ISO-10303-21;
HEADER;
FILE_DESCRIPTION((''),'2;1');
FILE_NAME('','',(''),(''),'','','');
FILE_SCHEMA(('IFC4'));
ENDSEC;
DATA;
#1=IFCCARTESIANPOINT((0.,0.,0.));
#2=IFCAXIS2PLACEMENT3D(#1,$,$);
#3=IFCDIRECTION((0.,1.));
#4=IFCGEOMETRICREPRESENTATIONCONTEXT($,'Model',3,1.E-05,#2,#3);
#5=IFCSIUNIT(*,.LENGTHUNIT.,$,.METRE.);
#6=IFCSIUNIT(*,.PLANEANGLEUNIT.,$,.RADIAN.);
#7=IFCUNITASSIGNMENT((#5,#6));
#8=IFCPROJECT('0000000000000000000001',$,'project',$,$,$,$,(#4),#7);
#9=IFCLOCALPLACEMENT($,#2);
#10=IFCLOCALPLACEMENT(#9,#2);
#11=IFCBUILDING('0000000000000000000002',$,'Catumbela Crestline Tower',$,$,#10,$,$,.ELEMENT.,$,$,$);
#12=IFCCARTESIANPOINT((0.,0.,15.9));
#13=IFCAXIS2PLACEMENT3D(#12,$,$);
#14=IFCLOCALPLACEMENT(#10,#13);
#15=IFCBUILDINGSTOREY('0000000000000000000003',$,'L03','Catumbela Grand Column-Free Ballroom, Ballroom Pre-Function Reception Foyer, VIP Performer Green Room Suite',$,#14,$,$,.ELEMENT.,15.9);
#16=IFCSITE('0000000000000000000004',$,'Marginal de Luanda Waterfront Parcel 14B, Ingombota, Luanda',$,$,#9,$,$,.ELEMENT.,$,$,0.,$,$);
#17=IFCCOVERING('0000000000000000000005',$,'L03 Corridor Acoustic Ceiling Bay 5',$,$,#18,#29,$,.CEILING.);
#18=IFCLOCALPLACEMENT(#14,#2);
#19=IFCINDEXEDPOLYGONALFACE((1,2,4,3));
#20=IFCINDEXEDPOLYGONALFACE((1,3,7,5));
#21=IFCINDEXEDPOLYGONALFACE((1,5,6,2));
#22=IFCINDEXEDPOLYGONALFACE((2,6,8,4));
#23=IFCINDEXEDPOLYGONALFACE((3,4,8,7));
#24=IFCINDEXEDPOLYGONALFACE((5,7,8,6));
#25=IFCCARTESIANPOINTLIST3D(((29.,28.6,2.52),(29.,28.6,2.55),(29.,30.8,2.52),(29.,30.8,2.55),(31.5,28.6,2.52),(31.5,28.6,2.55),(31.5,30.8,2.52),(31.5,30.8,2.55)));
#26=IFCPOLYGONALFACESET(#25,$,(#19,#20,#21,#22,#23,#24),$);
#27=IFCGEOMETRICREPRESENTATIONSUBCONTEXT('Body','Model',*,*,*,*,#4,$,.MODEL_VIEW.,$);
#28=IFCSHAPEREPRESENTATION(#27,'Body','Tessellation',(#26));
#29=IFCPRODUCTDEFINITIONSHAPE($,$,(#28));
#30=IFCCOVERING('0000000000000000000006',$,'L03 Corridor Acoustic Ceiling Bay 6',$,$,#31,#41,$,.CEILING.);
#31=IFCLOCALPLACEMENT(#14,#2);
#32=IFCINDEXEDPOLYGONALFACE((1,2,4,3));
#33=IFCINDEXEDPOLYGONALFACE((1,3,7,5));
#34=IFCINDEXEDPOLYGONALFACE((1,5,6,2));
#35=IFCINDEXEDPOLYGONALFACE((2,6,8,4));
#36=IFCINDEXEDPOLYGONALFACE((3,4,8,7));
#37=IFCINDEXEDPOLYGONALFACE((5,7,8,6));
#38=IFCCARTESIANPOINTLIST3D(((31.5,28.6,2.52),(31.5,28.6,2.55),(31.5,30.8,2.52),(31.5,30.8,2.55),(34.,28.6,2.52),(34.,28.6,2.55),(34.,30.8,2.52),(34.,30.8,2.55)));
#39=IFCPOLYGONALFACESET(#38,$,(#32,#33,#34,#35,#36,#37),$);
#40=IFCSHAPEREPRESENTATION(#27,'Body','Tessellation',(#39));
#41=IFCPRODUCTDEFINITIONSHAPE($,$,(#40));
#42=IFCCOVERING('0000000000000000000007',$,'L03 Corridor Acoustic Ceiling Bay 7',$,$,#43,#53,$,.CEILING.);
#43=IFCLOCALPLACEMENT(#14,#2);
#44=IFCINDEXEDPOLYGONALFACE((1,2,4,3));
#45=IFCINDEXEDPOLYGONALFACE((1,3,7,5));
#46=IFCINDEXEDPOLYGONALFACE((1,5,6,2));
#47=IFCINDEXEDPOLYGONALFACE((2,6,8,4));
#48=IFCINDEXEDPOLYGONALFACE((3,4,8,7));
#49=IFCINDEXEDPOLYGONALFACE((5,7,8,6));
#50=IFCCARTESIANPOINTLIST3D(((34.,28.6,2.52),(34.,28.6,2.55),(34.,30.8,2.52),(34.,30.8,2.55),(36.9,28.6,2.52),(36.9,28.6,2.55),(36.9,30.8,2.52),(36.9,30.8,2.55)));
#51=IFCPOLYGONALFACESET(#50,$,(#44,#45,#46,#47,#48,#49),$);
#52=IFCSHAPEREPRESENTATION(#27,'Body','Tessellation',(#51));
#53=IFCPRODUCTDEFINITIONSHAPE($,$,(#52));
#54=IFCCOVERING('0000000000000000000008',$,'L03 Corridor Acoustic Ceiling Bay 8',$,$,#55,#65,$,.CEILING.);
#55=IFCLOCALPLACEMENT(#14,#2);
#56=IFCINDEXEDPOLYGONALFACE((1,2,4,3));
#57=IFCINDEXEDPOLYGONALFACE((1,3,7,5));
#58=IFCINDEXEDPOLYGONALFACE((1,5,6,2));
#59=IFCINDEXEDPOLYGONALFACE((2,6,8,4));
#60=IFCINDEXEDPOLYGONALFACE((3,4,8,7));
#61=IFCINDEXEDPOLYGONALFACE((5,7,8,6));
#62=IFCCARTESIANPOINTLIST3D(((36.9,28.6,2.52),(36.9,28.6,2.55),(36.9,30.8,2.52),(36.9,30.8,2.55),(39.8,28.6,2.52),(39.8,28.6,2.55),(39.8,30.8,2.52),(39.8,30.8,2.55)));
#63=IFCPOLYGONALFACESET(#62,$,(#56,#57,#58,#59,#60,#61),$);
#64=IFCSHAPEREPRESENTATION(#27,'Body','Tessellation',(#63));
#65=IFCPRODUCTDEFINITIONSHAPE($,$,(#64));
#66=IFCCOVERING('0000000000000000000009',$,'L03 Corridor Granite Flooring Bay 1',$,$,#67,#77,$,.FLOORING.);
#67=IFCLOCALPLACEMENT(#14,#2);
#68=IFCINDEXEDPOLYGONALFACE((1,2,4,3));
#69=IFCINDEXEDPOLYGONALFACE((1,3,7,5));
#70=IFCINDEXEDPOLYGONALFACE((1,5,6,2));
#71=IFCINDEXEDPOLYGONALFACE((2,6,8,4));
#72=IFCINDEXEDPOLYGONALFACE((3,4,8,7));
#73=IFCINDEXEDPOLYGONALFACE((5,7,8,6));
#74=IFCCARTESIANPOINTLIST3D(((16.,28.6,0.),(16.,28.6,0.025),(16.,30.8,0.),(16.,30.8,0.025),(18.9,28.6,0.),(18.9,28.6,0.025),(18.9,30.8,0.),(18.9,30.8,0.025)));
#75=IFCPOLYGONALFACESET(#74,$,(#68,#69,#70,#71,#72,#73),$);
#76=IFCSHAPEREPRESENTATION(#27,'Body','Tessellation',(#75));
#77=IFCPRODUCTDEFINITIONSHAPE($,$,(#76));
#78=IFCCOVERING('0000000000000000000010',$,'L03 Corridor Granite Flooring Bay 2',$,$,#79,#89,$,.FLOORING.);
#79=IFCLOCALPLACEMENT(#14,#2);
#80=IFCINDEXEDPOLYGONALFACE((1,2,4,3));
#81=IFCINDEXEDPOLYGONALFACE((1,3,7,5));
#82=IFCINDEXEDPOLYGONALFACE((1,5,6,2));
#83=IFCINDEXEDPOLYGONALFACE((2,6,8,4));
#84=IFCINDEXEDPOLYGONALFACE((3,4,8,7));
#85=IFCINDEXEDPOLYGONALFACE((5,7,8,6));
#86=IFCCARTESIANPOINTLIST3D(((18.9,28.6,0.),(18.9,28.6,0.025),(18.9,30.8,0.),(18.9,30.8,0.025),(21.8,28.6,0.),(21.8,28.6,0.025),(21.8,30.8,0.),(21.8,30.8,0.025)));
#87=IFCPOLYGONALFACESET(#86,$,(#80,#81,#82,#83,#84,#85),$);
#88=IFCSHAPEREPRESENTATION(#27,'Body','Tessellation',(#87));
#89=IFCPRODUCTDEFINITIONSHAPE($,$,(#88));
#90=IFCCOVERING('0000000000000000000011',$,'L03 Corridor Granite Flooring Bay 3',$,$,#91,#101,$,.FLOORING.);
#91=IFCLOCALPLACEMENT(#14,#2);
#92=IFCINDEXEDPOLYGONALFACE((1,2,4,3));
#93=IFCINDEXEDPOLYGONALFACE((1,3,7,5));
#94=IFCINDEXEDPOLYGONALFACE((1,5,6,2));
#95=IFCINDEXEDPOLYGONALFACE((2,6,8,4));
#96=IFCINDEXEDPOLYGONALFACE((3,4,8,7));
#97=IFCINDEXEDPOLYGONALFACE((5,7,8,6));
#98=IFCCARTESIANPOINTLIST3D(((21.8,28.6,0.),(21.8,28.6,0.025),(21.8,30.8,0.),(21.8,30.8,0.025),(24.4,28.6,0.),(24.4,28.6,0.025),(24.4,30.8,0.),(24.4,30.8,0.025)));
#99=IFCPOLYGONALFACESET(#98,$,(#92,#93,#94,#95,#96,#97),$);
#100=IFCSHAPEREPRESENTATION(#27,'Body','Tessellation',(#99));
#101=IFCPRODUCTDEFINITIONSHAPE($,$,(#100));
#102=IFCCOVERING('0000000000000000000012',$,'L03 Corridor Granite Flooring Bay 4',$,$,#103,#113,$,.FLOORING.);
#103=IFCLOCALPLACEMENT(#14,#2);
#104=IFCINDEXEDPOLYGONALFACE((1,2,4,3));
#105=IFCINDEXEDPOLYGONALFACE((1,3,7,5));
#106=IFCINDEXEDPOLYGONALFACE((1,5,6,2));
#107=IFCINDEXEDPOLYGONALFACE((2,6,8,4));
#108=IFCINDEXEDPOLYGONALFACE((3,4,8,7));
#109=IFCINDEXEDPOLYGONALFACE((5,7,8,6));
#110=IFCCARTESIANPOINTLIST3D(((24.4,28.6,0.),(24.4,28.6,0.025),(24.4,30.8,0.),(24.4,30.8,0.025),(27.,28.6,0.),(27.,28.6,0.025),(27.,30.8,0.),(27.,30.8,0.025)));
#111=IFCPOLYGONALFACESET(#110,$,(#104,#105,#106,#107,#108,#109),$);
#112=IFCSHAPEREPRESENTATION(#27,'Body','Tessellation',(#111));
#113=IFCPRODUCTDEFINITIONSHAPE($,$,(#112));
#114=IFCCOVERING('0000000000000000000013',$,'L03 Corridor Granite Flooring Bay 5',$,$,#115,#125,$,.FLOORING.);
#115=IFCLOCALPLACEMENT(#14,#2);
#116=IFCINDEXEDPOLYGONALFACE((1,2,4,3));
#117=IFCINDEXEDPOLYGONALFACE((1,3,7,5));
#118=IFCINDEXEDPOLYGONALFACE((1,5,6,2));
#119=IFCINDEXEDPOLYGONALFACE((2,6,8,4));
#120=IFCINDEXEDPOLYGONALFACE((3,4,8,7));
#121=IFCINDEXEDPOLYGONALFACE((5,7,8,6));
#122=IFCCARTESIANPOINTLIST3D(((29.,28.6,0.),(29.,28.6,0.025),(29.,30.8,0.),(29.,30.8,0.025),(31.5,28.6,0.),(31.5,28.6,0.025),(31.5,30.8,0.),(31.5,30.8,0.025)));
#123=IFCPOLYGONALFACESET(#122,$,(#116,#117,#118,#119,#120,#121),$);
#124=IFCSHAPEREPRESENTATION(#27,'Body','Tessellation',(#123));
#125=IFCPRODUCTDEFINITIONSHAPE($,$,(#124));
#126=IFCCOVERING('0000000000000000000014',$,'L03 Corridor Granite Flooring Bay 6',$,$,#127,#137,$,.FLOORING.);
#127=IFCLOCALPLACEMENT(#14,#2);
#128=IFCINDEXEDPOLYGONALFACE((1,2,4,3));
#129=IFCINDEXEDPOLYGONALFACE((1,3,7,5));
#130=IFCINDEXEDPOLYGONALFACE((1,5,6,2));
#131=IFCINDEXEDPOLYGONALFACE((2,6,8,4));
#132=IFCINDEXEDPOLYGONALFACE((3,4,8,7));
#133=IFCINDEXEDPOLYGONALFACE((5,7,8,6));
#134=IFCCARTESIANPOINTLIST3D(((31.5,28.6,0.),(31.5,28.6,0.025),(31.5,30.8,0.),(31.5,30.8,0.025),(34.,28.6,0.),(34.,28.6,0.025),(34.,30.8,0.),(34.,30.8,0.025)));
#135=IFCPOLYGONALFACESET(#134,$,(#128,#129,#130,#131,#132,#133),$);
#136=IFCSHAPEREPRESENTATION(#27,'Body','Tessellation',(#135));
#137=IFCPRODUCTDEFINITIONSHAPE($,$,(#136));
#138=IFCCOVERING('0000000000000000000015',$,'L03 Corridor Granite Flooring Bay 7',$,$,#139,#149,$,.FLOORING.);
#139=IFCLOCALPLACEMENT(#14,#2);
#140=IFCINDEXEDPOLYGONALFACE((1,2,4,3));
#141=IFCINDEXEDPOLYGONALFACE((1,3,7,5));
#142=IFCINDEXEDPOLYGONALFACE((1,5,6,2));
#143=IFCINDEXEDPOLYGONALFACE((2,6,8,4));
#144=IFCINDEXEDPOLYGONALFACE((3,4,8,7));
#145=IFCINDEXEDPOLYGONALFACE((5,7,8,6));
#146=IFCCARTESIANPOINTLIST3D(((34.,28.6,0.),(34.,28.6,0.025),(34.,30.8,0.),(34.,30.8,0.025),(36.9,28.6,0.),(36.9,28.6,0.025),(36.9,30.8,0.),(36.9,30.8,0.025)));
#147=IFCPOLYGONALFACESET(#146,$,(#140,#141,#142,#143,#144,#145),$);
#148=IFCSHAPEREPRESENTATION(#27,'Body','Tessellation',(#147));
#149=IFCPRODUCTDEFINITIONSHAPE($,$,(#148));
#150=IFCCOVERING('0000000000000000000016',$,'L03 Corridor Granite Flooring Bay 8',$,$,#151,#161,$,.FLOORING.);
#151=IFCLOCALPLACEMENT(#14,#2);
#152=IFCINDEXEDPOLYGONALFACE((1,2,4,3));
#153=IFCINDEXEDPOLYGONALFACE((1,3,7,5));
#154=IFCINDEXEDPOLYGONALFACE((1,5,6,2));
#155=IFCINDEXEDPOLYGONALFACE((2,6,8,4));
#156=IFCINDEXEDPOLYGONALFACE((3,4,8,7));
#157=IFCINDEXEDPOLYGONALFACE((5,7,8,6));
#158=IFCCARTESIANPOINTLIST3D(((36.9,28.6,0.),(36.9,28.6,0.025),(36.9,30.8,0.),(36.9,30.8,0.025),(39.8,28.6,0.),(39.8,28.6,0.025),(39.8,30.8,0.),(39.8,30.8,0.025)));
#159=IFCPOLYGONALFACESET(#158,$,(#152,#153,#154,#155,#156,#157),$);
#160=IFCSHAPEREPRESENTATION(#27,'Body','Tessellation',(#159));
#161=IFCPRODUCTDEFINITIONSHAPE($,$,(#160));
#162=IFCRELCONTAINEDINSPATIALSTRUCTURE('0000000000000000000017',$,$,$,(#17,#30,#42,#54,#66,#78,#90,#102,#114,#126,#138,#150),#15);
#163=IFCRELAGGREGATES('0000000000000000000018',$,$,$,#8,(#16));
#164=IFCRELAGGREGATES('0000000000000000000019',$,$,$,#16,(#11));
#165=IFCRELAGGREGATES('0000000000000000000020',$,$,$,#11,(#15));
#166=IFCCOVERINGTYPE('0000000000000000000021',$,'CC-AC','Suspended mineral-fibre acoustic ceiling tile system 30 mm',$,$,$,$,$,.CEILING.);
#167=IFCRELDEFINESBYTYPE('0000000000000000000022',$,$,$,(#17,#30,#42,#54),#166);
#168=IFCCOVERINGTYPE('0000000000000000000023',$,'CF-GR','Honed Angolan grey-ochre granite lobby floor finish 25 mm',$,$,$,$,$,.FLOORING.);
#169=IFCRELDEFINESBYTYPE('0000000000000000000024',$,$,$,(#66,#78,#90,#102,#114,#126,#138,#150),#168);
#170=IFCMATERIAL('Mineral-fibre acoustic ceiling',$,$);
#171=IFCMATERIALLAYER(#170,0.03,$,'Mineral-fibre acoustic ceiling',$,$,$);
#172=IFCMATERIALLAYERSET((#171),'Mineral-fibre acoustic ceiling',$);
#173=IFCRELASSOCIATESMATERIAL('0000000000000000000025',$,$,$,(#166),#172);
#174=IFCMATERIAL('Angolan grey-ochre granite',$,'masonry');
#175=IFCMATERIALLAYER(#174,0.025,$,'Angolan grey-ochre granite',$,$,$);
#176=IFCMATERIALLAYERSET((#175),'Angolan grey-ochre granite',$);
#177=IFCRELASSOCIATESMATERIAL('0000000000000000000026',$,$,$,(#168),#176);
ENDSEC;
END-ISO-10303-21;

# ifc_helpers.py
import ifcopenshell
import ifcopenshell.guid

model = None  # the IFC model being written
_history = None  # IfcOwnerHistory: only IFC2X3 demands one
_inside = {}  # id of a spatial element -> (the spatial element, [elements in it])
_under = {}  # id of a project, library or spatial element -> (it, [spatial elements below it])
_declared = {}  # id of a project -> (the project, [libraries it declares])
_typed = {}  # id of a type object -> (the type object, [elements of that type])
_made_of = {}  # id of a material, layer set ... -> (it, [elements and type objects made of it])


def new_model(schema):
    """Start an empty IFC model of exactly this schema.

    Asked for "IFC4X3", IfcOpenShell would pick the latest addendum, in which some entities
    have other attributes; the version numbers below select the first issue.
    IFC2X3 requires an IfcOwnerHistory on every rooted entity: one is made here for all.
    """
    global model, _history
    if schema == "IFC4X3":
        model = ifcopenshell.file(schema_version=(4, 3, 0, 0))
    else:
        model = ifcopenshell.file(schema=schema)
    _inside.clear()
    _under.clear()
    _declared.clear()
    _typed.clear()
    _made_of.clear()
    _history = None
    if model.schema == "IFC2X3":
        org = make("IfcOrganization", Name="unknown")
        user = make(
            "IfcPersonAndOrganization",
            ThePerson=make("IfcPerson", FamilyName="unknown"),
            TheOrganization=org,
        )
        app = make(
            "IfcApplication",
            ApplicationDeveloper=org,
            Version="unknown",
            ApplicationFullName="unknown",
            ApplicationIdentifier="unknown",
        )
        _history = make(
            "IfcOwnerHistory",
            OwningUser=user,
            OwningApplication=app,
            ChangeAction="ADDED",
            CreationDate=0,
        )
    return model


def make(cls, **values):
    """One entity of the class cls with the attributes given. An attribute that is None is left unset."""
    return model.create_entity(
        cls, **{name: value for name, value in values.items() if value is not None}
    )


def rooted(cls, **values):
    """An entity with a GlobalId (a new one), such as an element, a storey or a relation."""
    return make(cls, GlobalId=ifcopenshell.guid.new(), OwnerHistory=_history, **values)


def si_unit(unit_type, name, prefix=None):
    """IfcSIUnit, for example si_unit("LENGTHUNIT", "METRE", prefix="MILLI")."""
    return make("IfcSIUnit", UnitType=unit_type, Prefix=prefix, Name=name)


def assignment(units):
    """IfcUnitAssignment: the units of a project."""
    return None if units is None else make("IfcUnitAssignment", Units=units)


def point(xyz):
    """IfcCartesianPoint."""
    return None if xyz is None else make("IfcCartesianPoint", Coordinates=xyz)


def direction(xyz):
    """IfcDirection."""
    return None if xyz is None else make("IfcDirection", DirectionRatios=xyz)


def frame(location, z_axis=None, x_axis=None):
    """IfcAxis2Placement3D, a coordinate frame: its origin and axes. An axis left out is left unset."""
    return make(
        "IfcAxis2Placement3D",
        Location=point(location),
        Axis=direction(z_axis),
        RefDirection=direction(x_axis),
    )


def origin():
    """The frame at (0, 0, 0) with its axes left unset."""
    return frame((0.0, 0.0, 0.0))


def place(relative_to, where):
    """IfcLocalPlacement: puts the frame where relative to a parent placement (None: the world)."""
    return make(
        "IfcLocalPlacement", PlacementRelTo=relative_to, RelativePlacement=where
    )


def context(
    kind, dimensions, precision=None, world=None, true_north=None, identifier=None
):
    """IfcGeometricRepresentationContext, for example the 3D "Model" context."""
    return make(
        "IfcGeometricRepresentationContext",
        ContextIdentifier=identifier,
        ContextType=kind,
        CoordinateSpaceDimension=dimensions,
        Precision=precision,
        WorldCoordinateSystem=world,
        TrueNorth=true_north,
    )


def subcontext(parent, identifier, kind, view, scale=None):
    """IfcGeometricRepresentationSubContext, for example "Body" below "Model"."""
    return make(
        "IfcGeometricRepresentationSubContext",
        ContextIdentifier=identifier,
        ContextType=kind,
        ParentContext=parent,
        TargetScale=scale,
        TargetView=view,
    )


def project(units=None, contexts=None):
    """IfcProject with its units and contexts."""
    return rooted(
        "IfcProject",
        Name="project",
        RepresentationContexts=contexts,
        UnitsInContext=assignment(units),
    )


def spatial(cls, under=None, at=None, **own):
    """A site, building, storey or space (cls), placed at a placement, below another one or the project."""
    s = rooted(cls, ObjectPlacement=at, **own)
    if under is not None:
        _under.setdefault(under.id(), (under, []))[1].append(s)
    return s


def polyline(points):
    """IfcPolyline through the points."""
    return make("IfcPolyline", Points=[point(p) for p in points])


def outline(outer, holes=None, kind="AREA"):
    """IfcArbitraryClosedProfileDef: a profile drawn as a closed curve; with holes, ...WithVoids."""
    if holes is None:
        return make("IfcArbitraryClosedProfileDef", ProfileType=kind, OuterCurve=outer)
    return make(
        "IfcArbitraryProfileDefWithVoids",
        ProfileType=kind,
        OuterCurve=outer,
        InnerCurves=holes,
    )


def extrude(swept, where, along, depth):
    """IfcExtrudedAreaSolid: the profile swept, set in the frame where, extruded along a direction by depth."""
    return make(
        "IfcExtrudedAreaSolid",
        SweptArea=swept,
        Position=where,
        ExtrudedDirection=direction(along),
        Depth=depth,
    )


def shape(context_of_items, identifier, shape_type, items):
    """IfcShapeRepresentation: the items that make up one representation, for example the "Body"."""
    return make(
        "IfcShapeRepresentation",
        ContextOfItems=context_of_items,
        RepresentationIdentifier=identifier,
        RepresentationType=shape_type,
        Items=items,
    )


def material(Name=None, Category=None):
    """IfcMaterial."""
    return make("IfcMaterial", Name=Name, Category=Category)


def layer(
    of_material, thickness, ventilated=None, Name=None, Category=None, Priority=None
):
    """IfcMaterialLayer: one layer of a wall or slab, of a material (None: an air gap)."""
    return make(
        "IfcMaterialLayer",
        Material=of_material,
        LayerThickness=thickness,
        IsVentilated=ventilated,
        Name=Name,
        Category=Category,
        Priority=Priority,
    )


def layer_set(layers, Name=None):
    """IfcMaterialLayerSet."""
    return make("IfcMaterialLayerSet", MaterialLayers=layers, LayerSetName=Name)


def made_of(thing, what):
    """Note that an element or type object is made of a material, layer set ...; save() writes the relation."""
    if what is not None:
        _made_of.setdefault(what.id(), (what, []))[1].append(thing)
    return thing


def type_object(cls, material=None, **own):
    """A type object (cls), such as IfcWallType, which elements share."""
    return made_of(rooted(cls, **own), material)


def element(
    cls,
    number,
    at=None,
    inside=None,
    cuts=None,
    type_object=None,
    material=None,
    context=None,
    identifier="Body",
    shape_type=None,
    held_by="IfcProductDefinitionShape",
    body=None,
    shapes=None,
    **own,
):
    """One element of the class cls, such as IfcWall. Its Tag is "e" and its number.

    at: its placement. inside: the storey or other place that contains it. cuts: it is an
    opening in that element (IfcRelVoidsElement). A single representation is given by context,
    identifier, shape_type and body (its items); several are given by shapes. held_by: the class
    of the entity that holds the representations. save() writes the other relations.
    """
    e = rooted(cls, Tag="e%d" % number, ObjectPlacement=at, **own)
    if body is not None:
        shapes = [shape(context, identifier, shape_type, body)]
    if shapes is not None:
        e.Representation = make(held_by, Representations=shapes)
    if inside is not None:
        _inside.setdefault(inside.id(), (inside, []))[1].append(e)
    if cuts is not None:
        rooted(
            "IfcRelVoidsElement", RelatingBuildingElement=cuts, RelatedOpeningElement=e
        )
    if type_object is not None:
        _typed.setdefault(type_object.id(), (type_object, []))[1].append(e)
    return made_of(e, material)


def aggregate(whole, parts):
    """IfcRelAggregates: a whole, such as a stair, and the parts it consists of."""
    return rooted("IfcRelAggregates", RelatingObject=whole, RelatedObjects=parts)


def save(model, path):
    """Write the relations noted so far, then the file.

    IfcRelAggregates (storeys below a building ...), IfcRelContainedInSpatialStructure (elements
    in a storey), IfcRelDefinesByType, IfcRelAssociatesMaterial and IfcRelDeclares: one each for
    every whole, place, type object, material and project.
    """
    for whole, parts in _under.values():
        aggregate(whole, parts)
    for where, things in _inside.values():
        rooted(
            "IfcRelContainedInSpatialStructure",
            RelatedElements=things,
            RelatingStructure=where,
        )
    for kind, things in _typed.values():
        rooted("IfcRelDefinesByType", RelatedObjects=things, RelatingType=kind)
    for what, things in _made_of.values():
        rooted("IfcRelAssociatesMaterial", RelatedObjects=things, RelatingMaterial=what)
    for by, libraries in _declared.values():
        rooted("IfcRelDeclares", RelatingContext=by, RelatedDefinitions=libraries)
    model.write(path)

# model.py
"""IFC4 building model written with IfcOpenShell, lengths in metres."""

from ifc_helpers import new_model, si_unit, direction, frame, origin, place, context, subcontext, project, spatial, polyline, outline, extrude, material, layer, layer_set, type_object, element, save


model = new_model("IFC4")

# Units and contexts
model_context = context("Model", 3, precision=1e-05, world=origin(), true_north=direction((0.0, 1.0)))
body_context = subcontext(model_context, "Body", "Model", "MODEL_VIEW")
ifc_project = project(units=[si_unit("LENGTHUNIT", "METRE"), si_unit("PLANEANGLEUNIT", "RADIAN")], contexts=[model_context])

# Site, building, storey
site_placement = place(None, origin())
site = spatial("IfcSite", under=ifc_project, at=site_placement, Name="Marginal de Luanda Waterfront Parcel 14B, Ingombota, Luanda", CompositionType="ELEMENT", RefElevation=0.0)
building_placement = place(site_placement, origin())
building = spatial("IfcBuilding", under=site, at=building_placement, Name="Catumbela Crestline Tower", CompositionType="ELEMENT")
storey_placement = place(building_placement, frame((0.0, 0.0, 15.9)))
storey = spatial("IfcBuildingStorey", under=building, at=storey_placement, Name="L03", Description="Catumbela Grand Column-Free Ballroom, Ballroom Pre-Function Reception Foyer, VIP Performer Green Room Suite", CompositionType="ELEMENT", Elevation=15.9)

# Coverings
ifc_material_1 = material(Name="Mineral-fibre acoustic ceiling")
ifc_layer_1 = layer(ifc_material_1, 0.03, Name="Mineral-fibre acoustic ceiling")
ifc_layer_set_1 = layer_set([ifc_layer_1], Name="Mineral-fibre acoustic ceiling")
covering_type_1 = type_object("IfcCoveringType", Name="CC-AC", Description="Suspended mineral-fibre acoustic ceiling tile system 30 mm", PredefinedType="CEILING", material=ifc_layer_set_1)
covering_1_placement = place(storey_placement, frame((0.0, 0.0, 2.52)))
element("IfcCovering", 1, at=covering_1_placement, inside=storey, type_object=covering_type_1, Name="L03 Corridor Acoustic Ceiling Bay 5", PredefinedType="CEILING", context=body_context, shape_type="SweptSolid", body=[
    extrude(outline(polyline([(29.0, 28.6), (31.5, 28.6), (31.5, 30.8), (29.0, 30.8), (29.0, 28.6)])), origin(), (0.0, 0.0, 1.0), 0.03),
])
covering_2_placement = place(storey_placement, frame((0.0, 0.0, 2.52)))
element("IfcCovering", 2, at=covering_2_placement, inside=storey, type_object=covering_type_1, Name="L03 Corridor Acoustic Ceiling Bay 6", PredefinedType="CEILING", context=body_context, shape_type="SweptSolid", body=[
    extrude(outline(polyline([(31.5, 28.6), (34.0, 28.6), (34.0, 30.8), (31.5, 30.8), (31.5, 28.6)])), origin(), (0.0, 0.0, 1.0), 0.03),
])
covering_3_placement = place(storey_placement, frame((0.0, 0.0, 2.52)))
element("IfcCovering", 3, at=covering_3_placement, inside=storey, type_object=covering_type_1, Name="L03 Corridor Acoustic Ceiling Bay 7", PredefinedType="CEILING", context=body_context, shape_type="SweptSolid", body=[
    extrude(outline(polyline([(34.0, 28.6), (36.9, 28.6), (36.9, 30.8), (34.0, 30.8), (34.0, 28.6)])), origin(), (0.0, 0.0, 1.0), 0.03),
])
covering_4_placement = place(storey_placement, frame((0.0, 0.0, 2.52)))
element("IfcCovering", 4, at=covering_4_placement, inside=storey, type_object=covering_type_1, Name="L03 Corridor Acoustic Ceiling Bay 8", PredefinedType="CEILING", context=body_context, shape_type="SweptSolid", body=[
    extrude(outline(polyline([(36.9, 28.6), (39.8, 28.6), (39.8, 30.8), (36.9, 30.8), (36.9, 28.6)])), origin(), (0.0, 0.0, 1.0), 0.03),
])
ifc_material_2 = material(Name="Angolan grey-ochre granite", Category="masonry")
ifc_layer_2 = layer(ifc_material_2, 0.025, Name="Angolan grey-ochre granite")
ifc_layer_set_2 = layer_set([ifc_layer_2], Name="Angolan grey-ochre granite")
covering_type_2 = type_object("IfcCoveringType", Name="CF-GR", Description="Honed Angolan grey-ochre granite lobby floor finish 25 mm", PredefinedType="FLOORING", material=ifc_layer_set_2)
covering_5_placement = place(storey_placement, origin())
element("IfcCovering", 5, at=covering_5_placement, inside=storey, type_object=covering_type_2, Name="L03 Corridor Granite Flooring Bay 1", PredefinedType="FLOORING", context=body_context, shape_type="SweptSolid", body=[
    extrude(outline(polyline([(16.0, 28.6), (18.9, 28.6), (18.9, 30.8), (16.0, 30.8), (16.0, 28.6)])), origin(), (0.0, 0.0, 1.0), 0.025),
])
covering_6_placement = place(storey_placement, origin())
element("IfcCovering", 6, at=covering_6_placement, inside=storey, type_object=covering_type_2, Name="L03 Corridor Granite Flooring Bay 2", PredefinedType="FLOORING", context=body_context, shape_type="SweptSolid", body=[
    extrude(outline(polyline([(18.9, 28.6), (21.8, 28.6), (21.8, 30.8), (18.9, 30.8), (18.9, 28.6)])), origin(), (0.0, 0.0, 1.0), 0.025),
])
covering_7_placement = place(storey_placement, origin())
element("IfcCovering", 7, at=covering_7_placement, inside=storey, type_object=covering_type_2, Name="L03 Corridor Granite Flooring Bay 3", PredefinedType="FLOORING", context=body_context, shape_type="SweptSolid", body=[
    extrude(outline(polyline([(21.8, 28.6), (24.4, 28.6), (24.4, 30.8), (21.8, 30.8), (21.8, 28.6)])), origin(), (0.0, 0.0, 1.0), 0.025),
])
covering_8_placement = place(storey_placement, origin())
element("IfcCovering", 8, at=covering_8_placement, inside=storey, type_object=covering_type_2, Name="L03 Corridor Granite Flooring Bay 4", PredefinedType="FLOORING", context=body_context, shape_type="SweptSolid", body=[
    extrude(outline(polyline([(24.4, 28.6), (27.0, 28.6), (27.0, 30.8), (24.4, 30.8), (24.4, 28.6)])), origin(), (0.0, 0.0, 1.0), 0.025),
])
covering_9_placement = place(storey_placement, origin())
element("IfcCovering", 9, at=covering_9_placement, inside=storey, type_object=covering_type_2, Name="L03 Corridor Granite Flooring Bay 5", PredefinedType="FLOORING", context=body_context, shape_type="SweptSolid", body=[
    extrude(outline(polyline([(29.0, 28.6), (31.5, 28.6), (31.5, 30.8), (29.0, 30.8), (29.0, 28.6)])), origin(), (0.0, 0.0, 1.0), 0.025),
])
covering_10_placement = place(storey_placement, origin())
element("IfcCovering", 10, at=covering_10_placement, inside=storey, type_object=covering_type_2, Name="L03 Corridor Granite Flooring Bay 6", PredefinedType="FLOORING", context=body_context, shape_type="SweptSolid", body=[
    extrude(outline(polyline([(31.5, 28.6), (34.0, 28.6), (34.0, 30.8), (31.5, 30.8), (31.5, 28.6)])), origin(), (0.0, 0.0, 1.0), 0.025),
])
covering_11_placement = place(storey_placement, origin())
element("IfcCovering", 11, at=covering_11_placement, inside=storey, type_object=covering_type_2, Name="L03 Corridor Granite Flooring Bay 7", PredefinedType="FLOORING", context=body_context, shape_type="SweptSolid", body=[
    extrude(outline(polyline([(34.0, 28.6), (36.9, 28.6), (36.9, 30.8), (34.0, 30.8), (34.0, 28.6)])), origin(), (0.0, 0.0, 1.0), 0.025),
])
covering_12_placement = place(storey_placement, origin())
element("IfcCovering", 12, at=covering_12_placement, inside=storey, type_object=covering_type_2, Name="L03 Corridor Granite Flooring Bay 8", PredefinedType="FLOORING", context=body_context, shape_type="SweptSolid", body=[
    extrude(outline(polyline([(36.9, 28.6), (39.8, 28.6), (39.8, 30.8), (36.9, 30.8), (36.9, 28.6)])), origin(), (0.0, 0.0, 1.0), 0.025),
])

save(model, "model.ifc")
